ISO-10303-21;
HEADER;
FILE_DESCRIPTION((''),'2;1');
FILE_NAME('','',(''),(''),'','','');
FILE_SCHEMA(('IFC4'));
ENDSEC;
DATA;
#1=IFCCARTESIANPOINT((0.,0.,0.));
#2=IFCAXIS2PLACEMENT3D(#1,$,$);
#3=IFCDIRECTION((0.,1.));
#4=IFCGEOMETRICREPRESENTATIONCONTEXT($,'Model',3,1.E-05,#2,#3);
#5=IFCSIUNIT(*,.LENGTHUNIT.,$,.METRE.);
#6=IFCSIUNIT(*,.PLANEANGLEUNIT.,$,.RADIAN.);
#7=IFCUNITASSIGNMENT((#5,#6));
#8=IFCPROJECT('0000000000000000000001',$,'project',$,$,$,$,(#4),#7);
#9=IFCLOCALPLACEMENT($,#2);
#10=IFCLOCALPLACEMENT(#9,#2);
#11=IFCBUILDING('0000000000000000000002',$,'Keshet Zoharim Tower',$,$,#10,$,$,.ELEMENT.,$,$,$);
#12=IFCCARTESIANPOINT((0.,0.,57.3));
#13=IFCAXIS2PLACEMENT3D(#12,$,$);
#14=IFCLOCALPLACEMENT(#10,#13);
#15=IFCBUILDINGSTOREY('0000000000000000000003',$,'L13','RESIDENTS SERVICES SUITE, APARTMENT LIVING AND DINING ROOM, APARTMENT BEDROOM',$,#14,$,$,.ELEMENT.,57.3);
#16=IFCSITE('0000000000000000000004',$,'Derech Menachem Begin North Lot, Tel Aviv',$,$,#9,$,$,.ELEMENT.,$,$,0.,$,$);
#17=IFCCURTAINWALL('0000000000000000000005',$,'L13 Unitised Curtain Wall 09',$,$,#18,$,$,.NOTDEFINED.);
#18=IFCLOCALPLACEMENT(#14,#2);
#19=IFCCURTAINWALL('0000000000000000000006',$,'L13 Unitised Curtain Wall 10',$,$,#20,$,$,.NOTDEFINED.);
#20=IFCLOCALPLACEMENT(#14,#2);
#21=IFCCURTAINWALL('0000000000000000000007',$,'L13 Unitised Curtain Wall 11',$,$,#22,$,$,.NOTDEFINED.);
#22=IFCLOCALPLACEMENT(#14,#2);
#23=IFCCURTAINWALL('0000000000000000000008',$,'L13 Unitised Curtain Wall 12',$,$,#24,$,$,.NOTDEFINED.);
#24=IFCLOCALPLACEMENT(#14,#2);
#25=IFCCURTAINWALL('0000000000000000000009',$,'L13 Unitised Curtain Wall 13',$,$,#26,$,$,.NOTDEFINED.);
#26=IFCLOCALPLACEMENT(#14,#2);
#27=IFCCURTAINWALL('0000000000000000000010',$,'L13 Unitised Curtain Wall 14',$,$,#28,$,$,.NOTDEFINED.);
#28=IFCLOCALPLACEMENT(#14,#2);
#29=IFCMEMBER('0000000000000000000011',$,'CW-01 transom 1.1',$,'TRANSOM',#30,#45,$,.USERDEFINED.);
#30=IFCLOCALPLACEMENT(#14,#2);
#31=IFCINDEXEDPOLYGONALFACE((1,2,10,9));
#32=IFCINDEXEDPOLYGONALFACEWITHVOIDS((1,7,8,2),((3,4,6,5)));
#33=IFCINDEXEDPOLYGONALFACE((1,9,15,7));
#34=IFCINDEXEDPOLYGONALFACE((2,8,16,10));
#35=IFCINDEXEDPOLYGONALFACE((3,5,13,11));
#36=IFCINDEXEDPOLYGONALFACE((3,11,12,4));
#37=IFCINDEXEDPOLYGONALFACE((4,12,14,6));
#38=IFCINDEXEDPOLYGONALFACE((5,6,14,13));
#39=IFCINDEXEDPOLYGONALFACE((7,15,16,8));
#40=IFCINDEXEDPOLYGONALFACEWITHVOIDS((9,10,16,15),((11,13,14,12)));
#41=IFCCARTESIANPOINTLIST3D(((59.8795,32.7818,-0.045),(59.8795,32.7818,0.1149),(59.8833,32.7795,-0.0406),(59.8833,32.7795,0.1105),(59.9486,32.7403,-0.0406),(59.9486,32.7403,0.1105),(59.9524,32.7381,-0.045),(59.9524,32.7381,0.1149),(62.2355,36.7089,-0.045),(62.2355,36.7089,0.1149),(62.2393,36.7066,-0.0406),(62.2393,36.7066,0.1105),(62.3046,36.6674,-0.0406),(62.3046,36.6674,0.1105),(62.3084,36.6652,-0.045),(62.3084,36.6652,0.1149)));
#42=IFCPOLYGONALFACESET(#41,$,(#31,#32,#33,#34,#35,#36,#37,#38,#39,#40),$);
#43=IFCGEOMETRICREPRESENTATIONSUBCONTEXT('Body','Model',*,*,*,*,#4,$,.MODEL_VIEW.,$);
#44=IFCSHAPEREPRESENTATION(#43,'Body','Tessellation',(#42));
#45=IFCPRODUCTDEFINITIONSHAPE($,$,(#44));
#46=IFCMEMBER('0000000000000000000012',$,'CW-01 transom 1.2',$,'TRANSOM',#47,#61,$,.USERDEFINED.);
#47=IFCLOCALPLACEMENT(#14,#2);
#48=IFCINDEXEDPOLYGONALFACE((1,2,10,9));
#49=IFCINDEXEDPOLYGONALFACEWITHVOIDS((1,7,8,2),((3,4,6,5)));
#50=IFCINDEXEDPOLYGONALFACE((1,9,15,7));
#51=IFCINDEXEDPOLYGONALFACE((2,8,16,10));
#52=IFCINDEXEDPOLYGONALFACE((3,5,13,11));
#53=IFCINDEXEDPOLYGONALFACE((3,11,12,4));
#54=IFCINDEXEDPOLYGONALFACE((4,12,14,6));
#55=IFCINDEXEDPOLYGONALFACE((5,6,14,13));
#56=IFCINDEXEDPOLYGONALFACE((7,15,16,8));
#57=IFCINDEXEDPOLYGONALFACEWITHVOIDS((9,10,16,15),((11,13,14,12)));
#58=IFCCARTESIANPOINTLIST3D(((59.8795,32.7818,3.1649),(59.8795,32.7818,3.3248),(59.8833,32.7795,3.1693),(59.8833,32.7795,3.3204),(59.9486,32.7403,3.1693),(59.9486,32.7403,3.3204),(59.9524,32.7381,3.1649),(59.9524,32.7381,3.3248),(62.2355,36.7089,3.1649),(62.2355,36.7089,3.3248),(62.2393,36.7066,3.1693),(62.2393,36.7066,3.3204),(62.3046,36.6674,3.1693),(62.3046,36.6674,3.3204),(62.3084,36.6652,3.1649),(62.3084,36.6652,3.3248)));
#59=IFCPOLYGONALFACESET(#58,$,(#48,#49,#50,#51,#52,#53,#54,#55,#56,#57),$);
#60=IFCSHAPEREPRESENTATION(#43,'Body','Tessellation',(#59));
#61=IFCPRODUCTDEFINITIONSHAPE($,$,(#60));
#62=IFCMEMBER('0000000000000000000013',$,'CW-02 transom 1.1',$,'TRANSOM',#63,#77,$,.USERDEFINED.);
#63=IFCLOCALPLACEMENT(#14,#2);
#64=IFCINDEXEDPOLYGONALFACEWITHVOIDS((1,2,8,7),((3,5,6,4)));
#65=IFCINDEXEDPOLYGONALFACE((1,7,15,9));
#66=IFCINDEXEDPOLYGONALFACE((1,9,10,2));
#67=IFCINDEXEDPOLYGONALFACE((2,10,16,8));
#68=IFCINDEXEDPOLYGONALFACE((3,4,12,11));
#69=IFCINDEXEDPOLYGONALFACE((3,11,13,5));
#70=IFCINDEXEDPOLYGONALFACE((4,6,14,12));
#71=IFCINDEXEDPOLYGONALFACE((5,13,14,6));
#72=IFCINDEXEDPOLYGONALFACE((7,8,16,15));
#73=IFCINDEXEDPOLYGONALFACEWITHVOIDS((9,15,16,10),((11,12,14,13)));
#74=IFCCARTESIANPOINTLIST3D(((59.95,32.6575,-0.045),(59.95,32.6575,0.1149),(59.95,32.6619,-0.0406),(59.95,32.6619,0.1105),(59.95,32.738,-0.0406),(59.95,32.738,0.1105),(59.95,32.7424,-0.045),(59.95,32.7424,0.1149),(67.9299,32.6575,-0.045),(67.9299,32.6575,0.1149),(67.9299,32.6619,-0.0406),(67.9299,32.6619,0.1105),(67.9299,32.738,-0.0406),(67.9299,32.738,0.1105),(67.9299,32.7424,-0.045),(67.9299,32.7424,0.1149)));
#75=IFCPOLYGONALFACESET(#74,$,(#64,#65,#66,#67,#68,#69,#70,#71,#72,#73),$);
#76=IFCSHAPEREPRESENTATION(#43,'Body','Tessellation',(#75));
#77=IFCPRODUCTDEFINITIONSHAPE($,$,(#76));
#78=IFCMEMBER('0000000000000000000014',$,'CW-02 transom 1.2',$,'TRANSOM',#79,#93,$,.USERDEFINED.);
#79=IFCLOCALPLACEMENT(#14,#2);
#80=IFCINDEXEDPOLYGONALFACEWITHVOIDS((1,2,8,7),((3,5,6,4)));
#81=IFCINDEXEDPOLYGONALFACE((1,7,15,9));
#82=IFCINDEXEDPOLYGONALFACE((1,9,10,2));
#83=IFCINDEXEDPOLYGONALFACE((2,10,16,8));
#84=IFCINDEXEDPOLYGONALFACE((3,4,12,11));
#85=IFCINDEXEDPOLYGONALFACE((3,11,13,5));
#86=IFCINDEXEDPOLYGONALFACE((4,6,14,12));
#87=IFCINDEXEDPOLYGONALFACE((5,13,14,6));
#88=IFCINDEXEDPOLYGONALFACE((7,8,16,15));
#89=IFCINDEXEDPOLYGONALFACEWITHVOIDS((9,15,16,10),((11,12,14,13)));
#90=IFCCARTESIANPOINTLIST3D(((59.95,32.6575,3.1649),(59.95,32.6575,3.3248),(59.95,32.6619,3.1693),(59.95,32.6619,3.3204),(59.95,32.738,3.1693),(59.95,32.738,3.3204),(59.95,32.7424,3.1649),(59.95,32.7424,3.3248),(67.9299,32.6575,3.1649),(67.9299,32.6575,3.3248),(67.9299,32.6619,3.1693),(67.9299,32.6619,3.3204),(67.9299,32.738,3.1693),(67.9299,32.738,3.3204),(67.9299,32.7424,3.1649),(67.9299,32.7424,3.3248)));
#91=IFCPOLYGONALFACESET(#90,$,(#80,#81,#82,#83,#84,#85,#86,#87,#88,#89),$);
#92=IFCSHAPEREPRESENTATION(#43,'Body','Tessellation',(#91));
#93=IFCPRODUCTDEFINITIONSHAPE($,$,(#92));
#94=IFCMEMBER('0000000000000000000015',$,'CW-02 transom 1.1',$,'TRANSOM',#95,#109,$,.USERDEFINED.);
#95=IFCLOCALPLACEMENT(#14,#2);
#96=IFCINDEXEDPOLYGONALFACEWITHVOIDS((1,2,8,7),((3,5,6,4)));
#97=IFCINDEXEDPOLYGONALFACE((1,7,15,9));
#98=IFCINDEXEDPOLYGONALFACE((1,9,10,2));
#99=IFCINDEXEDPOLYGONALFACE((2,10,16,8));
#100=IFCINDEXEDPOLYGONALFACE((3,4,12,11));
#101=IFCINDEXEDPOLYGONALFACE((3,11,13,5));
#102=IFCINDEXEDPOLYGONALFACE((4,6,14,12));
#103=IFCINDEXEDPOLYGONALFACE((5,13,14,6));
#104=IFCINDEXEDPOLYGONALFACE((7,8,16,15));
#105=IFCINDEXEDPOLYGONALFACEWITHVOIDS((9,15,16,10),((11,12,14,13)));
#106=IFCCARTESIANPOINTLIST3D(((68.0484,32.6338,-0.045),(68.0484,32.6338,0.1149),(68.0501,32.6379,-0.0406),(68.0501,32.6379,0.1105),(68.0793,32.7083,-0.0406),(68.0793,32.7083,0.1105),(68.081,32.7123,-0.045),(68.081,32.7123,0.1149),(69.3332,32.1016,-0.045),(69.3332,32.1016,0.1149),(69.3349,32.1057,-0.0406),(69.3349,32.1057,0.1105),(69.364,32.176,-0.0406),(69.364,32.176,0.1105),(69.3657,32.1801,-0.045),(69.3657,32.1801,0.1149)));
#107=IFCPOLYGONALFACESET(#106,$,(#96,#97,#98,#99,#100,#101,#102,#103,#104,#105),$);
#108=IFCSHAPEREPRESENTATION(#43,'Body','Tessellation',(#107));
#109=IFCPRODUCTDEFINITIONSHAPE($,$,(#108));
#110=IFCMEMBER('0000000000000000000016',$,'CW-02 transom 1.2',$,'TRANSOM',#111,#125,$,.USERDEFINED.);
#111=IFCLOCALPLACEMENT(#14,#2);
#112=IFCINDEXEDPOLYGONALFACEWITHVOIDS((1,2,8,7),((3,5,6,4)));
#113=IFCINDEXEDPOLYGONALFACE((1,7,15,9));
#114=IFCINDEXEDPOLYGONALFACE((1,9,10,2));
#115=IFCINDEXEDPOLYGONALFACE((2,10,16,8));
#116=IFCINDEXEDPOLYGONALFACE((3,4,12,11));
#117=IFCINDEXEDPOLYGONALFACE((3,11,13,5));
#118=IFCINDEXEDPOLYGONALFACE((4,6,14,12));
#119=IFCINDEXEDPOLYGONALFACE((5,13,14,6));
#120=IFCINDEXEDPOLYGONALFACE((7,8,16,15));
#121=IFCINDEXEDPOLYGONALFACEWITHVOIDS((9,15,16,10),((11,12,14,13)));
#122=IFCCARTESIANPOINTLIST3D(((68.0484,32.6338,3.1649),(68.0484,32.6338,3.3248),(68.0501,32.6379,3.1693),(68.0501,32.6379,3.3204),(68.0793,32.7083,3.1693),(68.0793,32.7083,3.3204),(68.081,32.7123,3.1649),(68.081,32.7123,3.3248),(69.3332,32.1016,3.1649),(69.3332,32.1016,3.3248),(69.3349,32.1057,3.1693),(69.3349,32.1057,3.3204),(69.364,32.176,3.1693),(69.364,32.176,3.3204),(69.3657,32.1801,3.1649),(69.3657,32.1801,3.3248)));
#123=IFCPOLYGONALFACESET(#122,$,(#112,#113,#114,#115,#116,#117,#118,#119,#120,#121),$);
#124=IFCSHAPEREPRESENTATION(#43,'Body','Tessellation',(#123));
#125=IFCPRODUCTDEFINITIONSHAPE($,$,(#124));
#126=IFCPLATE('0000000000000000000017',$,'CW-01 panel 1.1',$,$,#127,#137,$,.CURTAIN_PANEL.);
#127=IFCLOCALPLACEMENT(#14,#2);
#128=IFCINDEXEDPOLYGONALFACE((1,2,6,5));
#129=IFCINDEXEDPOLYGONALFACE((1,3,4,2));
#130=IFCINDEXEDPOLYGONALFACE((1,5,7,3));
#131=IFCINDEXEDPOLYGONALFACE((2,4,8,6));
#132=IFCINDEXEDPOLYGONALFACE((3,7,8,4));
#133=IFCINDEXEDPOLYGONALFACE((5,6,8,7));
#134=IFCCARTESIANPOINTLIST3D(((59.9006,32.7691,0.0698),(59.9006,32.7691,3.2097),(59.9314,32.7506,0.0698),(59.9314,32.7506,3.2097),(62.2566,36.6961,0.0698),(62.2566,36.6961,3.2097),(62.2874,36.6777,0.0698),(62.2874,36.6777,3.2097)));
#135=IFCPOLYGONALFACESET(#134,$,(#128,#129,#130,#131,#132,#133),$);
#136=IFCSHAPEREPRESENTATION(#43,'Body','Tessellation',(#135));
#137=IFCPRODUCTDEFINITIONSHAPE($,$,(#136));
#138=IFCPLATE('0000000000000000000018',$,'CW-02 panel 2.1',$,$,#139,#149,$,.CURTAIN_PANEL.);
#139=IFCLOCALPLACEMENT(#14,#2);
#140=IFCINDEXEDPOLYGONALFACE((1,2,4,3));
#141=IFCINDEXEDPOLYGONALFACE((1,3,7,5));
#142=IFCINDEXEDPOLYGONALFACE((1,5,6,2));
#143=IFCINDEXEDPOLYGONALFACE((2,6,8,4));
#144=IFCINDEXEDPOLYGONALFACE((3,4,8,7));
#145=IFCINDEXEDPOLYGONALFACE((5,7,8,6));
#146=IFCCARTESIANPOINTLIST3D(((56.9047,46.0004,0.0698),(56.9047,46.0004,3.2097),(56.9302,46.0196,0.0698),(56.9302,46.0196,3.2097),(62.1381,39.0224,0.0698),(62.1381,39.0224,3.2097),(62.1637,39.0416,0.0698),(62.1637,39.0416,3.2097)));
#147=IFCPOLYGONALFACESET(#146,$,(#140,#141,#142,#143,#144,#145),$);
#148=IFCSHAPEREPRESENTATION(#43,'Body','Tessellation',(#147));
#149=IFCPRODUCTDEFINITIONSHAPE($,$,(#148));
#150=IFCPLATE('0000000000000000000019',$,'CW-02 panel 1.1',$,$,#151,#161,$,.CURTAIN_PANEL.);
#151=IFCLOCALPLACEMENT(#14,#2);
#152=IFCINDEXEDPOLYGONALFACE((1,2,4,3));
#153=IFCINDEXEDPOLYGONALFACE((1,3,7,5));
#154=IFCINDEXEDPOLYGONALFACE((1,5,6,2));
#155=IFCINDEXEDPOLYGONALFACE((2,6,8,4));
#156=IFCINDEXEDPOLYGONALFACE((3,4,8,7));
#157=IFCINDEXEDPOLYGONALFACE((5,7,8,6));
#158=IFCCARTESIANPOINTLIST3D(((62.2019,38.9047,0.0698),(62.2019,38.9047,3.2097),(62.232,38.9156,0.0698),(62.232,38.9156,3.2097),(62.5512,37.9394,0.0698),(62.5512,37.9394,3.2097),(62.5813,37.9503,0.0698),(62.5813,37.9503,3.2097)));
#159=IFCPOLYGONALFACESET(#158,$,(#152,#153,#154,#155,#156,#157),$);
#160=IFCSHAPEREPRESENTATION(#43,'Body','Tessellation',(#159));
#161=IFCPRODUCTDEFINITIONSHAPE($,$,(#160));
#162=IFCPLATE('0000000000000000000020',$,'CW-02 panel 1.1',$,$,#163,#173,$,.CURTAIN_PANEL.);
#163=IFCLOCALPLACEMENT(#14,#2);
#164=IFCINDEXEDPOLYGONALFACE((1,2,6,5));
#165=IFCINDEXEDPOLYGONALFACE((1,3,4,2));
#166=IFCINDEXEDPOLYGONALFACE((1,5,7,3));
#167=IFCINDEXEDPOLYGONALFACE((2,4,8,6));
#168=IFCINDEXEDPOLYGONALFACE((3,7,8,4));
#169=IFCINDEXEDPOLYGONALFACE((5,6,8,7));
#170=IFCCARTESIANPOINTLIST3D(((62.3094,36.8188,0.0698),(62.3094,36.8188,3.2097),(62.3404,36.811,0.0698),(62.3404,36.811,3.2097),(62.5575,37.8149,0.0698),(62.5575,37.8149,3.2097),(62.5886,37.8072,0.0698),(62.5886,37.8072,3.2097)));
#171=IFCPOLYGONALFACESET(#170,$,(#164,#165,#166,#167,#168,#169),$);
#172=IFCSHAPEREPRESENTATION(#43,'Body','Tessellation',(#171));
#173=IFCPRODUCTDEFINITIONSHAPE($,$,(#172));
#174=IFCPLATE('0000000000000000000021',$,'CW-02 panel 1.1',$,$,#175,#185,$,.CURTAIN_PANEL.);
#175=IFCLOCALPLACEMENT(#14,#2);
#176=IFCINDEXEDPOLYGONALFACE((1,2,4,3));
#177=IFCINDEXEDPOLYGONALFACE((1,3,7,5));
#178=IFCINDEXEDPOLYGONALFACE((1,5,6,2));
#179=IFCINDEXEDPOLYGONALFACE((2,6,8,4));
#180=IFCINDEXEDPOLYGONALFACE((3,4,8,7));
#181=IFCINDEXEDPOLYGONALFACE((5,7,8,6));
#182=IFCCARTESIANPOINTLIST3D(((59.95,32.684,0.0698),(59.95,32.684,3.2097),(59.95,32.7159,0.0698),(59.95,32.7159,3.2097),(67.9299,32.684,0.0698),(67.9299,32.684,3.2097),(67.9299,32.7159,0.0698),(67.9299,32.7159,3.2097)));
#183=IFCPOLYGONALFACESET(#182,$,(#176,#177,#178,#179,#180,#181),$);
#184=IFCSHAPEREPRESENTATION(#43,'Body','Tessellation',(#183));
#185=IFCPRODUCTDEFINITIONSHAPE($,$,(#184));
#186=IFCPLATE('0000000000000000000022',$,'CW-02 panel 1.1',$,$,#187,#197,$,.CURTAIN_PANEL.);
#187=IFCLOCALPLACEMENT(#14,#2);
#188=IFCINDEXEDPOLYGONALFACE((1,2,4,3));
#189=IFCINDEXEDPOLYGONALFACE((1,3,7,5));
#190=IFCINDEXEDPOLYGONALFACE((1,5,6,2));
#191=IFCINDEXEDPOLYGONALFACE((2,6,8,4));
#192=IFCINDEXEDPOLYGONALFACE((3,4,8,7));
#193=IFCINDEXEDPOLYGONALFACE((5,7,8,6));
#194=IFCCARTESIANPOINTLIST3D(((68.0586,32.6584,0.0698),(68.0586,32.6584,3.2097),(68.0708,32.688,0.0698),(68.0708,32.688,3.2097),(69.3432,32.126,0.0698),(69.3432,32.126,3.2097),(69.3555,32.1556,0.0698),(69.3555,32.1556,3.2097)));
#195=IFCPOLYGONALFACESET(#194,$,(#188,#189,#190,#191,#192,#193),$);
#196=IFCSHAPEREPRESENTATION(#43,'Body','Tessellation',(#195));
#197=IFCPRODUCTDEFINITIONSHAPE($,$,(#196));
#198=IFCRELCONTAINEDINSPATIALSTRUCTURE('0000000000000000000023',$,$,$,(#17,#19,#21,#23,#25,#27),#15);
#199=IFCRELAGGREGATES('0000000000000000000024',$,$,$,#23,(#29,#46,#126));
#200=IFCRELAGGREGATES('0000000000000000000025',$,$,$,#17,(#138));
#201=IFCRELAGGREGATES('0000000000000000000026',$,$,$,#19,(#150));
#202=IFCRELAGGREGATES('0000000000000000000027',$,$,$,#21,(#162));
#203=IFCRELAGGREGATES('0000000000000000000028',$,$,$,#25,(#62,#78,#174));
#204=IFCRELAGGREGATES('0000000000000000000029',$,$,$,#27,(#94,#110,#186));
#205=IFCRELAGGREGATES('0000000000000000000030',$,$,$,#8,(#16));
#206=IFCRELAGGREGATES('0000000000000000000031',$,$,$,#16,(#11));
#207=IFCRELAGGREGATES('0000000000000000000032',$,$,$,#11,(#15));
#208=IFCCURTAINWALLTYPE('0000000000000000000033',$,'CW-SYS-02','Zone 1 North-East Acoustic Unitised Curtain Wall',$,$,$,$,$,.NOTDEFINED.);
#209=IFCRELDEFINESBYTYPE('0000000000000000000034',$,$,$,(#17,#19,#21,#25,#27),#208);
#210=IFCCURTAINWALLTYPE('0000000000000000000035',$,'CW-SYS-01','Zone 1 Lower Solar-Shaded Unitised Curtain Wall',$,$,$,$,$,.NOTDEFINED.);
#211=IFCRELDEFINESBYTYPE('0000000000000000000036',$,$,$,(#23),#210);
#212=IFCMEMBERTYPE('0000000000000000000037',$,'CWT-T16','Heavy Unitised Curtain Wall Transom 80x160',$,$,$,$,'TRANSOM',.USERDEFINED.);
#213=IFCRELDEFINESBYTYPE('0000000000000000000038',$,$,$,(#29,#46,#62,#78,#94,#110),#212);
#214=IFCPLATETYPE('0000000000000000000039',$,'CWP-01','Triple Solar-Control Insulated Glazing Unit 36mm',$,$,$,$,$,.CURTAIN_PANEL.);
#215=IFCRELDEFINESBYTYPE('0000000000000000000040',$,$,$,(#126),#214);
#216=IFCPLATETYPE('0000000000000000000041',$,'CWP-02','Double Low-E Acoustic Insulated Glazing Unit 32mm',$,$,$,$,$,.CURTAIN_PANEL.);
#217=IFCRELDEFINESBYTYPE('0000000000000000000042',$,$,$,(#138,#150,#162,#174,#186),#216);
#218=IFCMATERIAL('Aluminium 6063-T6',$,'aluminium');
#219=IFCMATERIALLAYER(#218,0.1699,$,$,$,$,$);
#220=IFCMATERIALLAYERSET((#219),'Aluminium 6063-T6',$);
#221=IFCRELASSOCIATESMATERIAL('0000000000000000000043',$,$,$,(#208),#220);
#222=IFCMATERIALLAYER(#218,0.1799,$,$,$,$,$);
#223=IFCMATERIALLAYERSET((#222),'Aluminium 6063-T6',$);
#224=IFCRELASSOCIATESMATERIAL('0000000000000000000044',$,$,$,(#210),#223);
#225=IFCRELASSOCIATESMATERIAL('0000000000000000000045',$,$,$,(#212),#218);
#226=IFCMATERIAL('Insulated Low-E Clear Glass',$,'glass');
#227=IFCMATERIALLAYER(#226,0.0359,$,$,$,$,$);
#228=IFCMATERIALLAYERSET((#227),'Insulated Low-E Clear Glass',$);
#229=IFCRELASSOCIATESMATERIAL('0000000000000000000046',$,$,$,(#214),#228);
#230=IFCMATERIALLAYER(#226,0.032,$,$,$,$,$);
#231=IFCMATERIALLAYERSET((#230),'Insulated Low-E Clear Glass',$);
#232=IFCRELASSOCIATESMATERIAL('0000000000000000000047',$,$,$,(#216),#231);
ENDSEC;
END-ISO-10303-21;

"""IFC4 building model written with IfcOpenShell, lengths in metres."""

from ifc_helpers import new_model, si_unit, direction, frame, origin, origin_2d, place, context, subcontext, project, spatial, rectangle, hollow_rectangle, extrude, material, layer, layer_set, material_profile, profile_set, type_object, element, aggregate, save


model = new_model("IFC4")

# Units and contexts
model_context = context("Model", 3, precision=1e-05, world=origin(), true_north=direction((0.0, 1.0)))
body_context = subcontext(model_context, "Body", "Model", "MODEL_VIEW")
ifc_project = project(units=[si_unit("LENGTHUNIT", "METRE"), si_unit("PLANEANGLEUNIT", "RADIAN")], contexts=[model_context])

# Site, building, storey
site_placement = place(None, origin())
site = spatial("IfcSite", under=ifc_project, at=site_placement, Name="Derech Menachem Begin North Lot, Tel Aviv", CompositionType="ELEMENT", RefElevation=0.0)
building_placement = place(site_placement, origin())
building = spatial("IfcBuilding", under=site, at=building_placement, Name="Keshet Zoharim Tower", CompositionType="ELEMENT")
storey_placement = place(building_placement, frame((0.0, 0.0, 57.3)))
storey = spatial("IfcBuildingStorey", under=building, at=storey_placement, Name="L13", Description="RESIDENTS SERVICES SUITE, APARTMENT LIVING AND DINING ROOM, APARTMENT BEDROOM", CompositionType="ELEMENT", Elevation=57.3)

# Curtain walls
ifc_material_1 = material(Name="Aluminium 6063-T6", Category="aluminium")
ifc_layer_1 = layer(ifc_material_1, 0.1699)
ifc_layer_set_1 = layer_set([ifc_layer_1], Name="Aluminium 6063-T6")
curtain_wall_type_1 = type_object("IfcCurtainWallType", Name="CW-SYS-02", Description="Zone 1 North-East Acoustic Unitised Curtain Wall", PredefinedType="NOTDEFINED", material=ifc_layer_set_1)
curtain_wall_1_placement = place(storey_placement, origin())
curtain_wall_1 = element("IfcCurtainWall", 1, at=curtain_wall_1_placement, inside=storey, type_object=curtain_wall_type_1, Name="L13 Unitised Curtain Wall 09", PredefinedType="NOTDEFINED")
curtain_wall_2_placement = place(storey_placement, origin())
curtain_wall_2 = element("IfcCurtainWall", 2, at=curtain_wall_2_placement, inside=storey, type_object=curtain_wall_type_1, Name="L13 Unitised Curtain Wall 10", PredefinedType="NOTDEFINED")
curtain_wall_3_placement = place(storey_placement, origin())
curtain_wall_3 = element("IfcCurtainWall", 3, at=curtain_wall_3_placement, inside=storey, type_object=curtain_wall_type_1, Name="L13 Unitised Curtain Wall 11", PredefinedType="NOTDEFINED")
ifc_layer_2 = layer(ifc_material_1, 0.1799)
ifc_layer_set_2 = layer_set([ifc_layer_2], Name="Aluminium 6063-T6")
curtain_wall_type_2 = type_object("IfcCurtainWallType", Name="CW-SYS-01", Description="Zone 1 Lower Solar-Shaded Unitised Curtain Wall", PredefinedType="NOTDEFINED", material=ifc_layer_set_2)
curtain_wall_4_placement = place(storey_placement, origin())
curtain_wall_4 = element("IfcCurtainWall", 4, at=curtain_wall_4_placement, inside=storey, type_object=curtain_wall_type_2, Name="L13 Unitised Curtain Wall 12", PredefinedType="NOTDEFINED")
curtain_wall_5_placement = place(storey_placement, origin())
curtain_wall_5 = element("IfcCurtainWall", 5, at=curtain_wall_5_placement, inside=storey, type_object=curtain_wall_type_1, Name="L13 Unitised Curtain Wall 13", PredefinedType="NOTDEFINED")
curtain_wall_6_placement = place(storey_placement, origin())
curtain_wall_6 = element("IfcCurtainWall", 6, at=curtain_wall_6_placement, inside=storey, type_object=curtain_wall_type_1, Name="L13 Unitised Curtain Wall 14", PredefinedType="NOTDEFINED")

# Members
ifc_material_profile_1 = material_profile(ifc_material_1, hollow_rectangle(XDim=0.085, YDim=0.1599, WallThickness=0.0044, at=origin_2d()), Name="TRN-85x160")
ifc_profile_set_1 = profile_set([ifc_material_profile_1], Name="Aluminium 6063-T6")
member_type_1 = type_object("IfcMemberType", Name="CWT-T16", Description="Heavy Unitised Curtain Wall Transom 80x160", ElementType="TRANSOM", PredefinedType="USERDEFINED", material=ifc_profile_set_1)
member_1_placement = place(storey_placement, frame((62.272, 36.687, 0.0349), z_axis=(-0.514457, -0.857516, 0.0), x_axis=(0.857516, -0.514457, 0.0)))
member_1 = element("IfcMember", 7, at=member_1_placement, type_object=member_type_1, Name="CW-01 transom 1.1", ObjectType="TRANSOM", PredefinedType="USERDEFINED", context=body_context, shape_type="SweptSolid", body=[
    extrude(hollow_rectangle(XDim=0.085, YDim=0.1599, WallThickness=0.0044, at=origin_2d()), origin(), (0.0, 0.0, 1.0), 4.5796),
])
member_2_placement = place(storey_placement, frame((62.272, 36.687, 3.2449), z_axis=(-0.514457, -0.857516, 0.0), x_axis=(0.857516, -0.514457, 0.0)))
member_2 = element("IfcMember", 8, at=member_2_placement, type_object=member_type_1, Name="CW-01 transom 1.2", ObjectType="TRANSOM", PredefinedType="USERDEFINED", context=body_context, shape_type="SweptSolid", body=[
    extrude(hollow_rectangle(XDim=0.085, YDim=0.1599, WallThickness=0.0044, at=origin_2d()), origin(), (0.0, 0.0, 1.0), 4.5796),
])
member_3_placement = place(storey_placement, frame((59.95, 32.7, 0.0349), z_axis=(1.0, 0.0, 0.0), x_axis=(0.0, 1.0, 0.0)))
member_3 = element("IfcMember", 9, at=member_3_placement, type_object=member_type_1, Name="CW-02 transom 1.1", ObjectType="TRANSOM", PredefinedType="USERDEFINED", context=body_context, shape_type="SweptSolid", body=[
    extrude(hollow_rectangle(XDim=0.085, YDim=0.1599, WallThickness=0.0044, at=origin_2d()), origin(), (0.0, 0.0, 1.0), 7.98),
])
member_4_placement = place(storey_placement, frame((59.95, 32.7, 3.2449), z_axis=(1.0, 0.0, 0.0), x_axis=(0.0, 1.0, 0.0)))
member_4 = element("IfcMember", 10, at=member_4_placement, type_object=member_type_1, Name="CW-02 transom 1.2", ObjectType="TRANSOM", PredefinedType="USERDEFINED", context=body_context, shape_type="SweptSolid", body=[
    extrude(hollow_rectangle(XDim=0.085, YDim=0.1599, WallThickness=0.0044, at=origin_2d()), origin(), (0.0, 0.0, 1.0), 7.98),
])
member_5_placement = place(storey_placement, frame((68.0647, 32.6731, 0.0349), z_axis=(0.923854, -0.382745, 0.0), x_axis=(0.382745, 0.923854, 0.0)))
member_5 = element("IfcMember", 11, at=member_5_placement, type_object=member_type_1, Name="CW-02 transom 1.1", ObjectType="TRANSOM", PredefinedType="USERDEFINED", context=body_context, shape_type="SweptSolid", body=[
    extrude(hollow_rectangle(XDim=0.085, YDim=0.1599, WallThickness=0.0044, at=origin_2d()), origin(), (0.0, 0.0, 1.0), 1.3906),
])
member_6_placement = place(storey_placement, frame((68.0647, 32.6731, 3.2449), z_axis=(0.923854, -0.382745, 0.0), x_axis=(0.382745, 0.923854, 0.0)))
member_6 = element("IfcMember", 12, at=member_6_placement, type_object=member_type_1, Name="CW-02 transom 1.2", ObjectType="TRANSOM", PredefinedType="USERDEFINED", context=body_context, shape_type="SweptSolid", body=[
    extrude(hollow_rectangle(XDim=0.085, YDim=0.1599, WallThickness=0.0044, at=origin_2d()), origin(), (0.0, 0.0, 1.0), 1.3906),
])

# Plates
ifc_material_2 = material(Name="Insulated Low-E Clear Glass", Category="glass")
ifc_layer_3 = layer(ifc_material_2, 0.0359)
ifc_layer_set_3 = layer_set([ifc_layer_3], Name="Insulated Low-E Clear Glass")
plate_type_1 = type_object("IfcPlateType", Name="CWP-01", Description="Triple Solar-Control Insulated Glazing Unit 36mm", PredefinedType="CURTAIN_PANEL", material=ifc_layer_set_3)
plate_1_placement = place(storey_placement, frame((61.094, 34.7234, 0.0698), z_axis=(0.0, 0.0, 1.0), x_axis=(-0.514465, -0.857512, 0.0)))
plate_1 = element("IfcPlate", 13, at=plate_1_placement, type_object=plate_type_1, Name="CW-01 panel 1.1", PredefinedType="CURTAIN_PANEL", context=body_context, shape_type="SweptSolid", body=[
    extrude(rectangle(XDim=4.5796, YDim=0.0359, at=origin_2d()), origin(), (0.0, 0.0, 1.0), 3.1399),
])
aggregate(curtain_wall_4, [member_1, member_2, plate_1])
ifc_layer_4 = layer(ifc_material_2, 0.032)
ifc_layer_set_4 = layer_set([ifc_layer_4], Name="Insulated Low-E Clear Glass")
plate_type_2 = type_object("IfcPlateType", Name="CWP-02", Description="Double Low-E Acoustic Insulated Glazing Unit 32mm", PredefinedType="CURTAIN_PANEL", material=ifc_layer_set_4)
plate_2_placement = place(storey_placement, frame((59.5342, 42.521, 0.0698), z_axis=(0.0, 0.0, 1.0), x_axis=(0.6, -0.8, 0.0)))
plate_2 = element("IfcPlate", 14, at=plate_2_placement, type_object=plate_type_2, Name="CW-02 panel 2.1", PredefinedType="CURTAIN_PANEL", context=body_context, shape_type="SweptSolid", body=[
    extrude(rectangle(XDim=8.7224, YDim=0.032, at=origin_2d()), origin(), (0.0, 0.0, 1.0), 3.1399),
])
aggregate(curtain_wall_1, [plate_2])
plate_3_placement = place(storey_placement, frame((62.3916, 38.4275, 0.0698), z_axis=(0.0, 0.0, 1.0), x_axis=(0.340297, -0.940318, 0.0)))
plate_3 = element("IfcPlate", 15, at=plate_3_placement, type_object=plate_type_2, Name="CW-02 panel 1.1", PredefinedType="CURTAIN_PANEL", context=body_context, shape_type="SweptSolid", body=[
    extrude(rectangle(XDim=1.0266, YDim=0.032, at=origin_2d()), origin(), (0.0, 0.0, 1.0), 3.1399),
])
aggregate(curtain_wall_2, [plate_3])
plate_4_placement = place(storey_placement, frame((62.449, 37.313, 0.0698), z_axis=(0.0, 0.0, 1.0), x_axis=(-0.241729, -0.970344, 0.0)))
plate_4 = element("IfcPlate", 16, at=plate_4_placement, type_object=plate_type_2, Name="CW-02 panel 1.1", PredefinedType="CURTAIN_PANEL", context=body_context, shape_type="SweptSolid", body=[
    extrude(rectangle(XDim=1.0266, YDim=0.032, at=origin_2d()), origin(), (0.0, 0.0, 1.0), 3.1399),
])
aggregate(curtain_wall_3, [plate_4])
plate_5_placement = place(storey_placement, frame((63.9399, 32.7, 0.0698), z_axis=(0.0, 0.0, 1.0), x_axis=(1.0, 0.0, 0.0)))
plate_5 = element("IfcPlate", 17, at=plate_5_placement, type_object=plate_type_2, Name="CW-02 panel 1.1", PredefinedType="CURTAIN_PANEL", context=body_context, shape_type="SweptSolid", body=[
    extrude(rectangle(XDim=7.98, YDim=0.032, at=origin_2d()), origin(), (0.0, 0.0, 1.0), 3.1399),
])
aggregate(curtain_wall_5, [member_3, member_4, plate_5])
plate_6_placement = place(storey_placement, frame((68.707, 32.407, 0.0698), z_axis=(0.0, 0.0, 1.0), x_axis=(0.92381, -0.382852, 0.0)))
plate_6 = element("IfcPlate", 18, at=plate_6_placement, type_object=plate_type_2, Name="CW-02 panel 1.1", PredefinedType="CURTAIN_PANEL", context=body_context, shape_type="SweptSolid", body=[
    extrude(rectangle(XDim=1.3906, YDim=0.032, at=origin_2d()), origin(), (0.0, 0.0, 1.0), 3.1399),
])
aggregate(curtain_wall_6, [member_5, member_6, plate_6])

save(model, "model.ifc")
